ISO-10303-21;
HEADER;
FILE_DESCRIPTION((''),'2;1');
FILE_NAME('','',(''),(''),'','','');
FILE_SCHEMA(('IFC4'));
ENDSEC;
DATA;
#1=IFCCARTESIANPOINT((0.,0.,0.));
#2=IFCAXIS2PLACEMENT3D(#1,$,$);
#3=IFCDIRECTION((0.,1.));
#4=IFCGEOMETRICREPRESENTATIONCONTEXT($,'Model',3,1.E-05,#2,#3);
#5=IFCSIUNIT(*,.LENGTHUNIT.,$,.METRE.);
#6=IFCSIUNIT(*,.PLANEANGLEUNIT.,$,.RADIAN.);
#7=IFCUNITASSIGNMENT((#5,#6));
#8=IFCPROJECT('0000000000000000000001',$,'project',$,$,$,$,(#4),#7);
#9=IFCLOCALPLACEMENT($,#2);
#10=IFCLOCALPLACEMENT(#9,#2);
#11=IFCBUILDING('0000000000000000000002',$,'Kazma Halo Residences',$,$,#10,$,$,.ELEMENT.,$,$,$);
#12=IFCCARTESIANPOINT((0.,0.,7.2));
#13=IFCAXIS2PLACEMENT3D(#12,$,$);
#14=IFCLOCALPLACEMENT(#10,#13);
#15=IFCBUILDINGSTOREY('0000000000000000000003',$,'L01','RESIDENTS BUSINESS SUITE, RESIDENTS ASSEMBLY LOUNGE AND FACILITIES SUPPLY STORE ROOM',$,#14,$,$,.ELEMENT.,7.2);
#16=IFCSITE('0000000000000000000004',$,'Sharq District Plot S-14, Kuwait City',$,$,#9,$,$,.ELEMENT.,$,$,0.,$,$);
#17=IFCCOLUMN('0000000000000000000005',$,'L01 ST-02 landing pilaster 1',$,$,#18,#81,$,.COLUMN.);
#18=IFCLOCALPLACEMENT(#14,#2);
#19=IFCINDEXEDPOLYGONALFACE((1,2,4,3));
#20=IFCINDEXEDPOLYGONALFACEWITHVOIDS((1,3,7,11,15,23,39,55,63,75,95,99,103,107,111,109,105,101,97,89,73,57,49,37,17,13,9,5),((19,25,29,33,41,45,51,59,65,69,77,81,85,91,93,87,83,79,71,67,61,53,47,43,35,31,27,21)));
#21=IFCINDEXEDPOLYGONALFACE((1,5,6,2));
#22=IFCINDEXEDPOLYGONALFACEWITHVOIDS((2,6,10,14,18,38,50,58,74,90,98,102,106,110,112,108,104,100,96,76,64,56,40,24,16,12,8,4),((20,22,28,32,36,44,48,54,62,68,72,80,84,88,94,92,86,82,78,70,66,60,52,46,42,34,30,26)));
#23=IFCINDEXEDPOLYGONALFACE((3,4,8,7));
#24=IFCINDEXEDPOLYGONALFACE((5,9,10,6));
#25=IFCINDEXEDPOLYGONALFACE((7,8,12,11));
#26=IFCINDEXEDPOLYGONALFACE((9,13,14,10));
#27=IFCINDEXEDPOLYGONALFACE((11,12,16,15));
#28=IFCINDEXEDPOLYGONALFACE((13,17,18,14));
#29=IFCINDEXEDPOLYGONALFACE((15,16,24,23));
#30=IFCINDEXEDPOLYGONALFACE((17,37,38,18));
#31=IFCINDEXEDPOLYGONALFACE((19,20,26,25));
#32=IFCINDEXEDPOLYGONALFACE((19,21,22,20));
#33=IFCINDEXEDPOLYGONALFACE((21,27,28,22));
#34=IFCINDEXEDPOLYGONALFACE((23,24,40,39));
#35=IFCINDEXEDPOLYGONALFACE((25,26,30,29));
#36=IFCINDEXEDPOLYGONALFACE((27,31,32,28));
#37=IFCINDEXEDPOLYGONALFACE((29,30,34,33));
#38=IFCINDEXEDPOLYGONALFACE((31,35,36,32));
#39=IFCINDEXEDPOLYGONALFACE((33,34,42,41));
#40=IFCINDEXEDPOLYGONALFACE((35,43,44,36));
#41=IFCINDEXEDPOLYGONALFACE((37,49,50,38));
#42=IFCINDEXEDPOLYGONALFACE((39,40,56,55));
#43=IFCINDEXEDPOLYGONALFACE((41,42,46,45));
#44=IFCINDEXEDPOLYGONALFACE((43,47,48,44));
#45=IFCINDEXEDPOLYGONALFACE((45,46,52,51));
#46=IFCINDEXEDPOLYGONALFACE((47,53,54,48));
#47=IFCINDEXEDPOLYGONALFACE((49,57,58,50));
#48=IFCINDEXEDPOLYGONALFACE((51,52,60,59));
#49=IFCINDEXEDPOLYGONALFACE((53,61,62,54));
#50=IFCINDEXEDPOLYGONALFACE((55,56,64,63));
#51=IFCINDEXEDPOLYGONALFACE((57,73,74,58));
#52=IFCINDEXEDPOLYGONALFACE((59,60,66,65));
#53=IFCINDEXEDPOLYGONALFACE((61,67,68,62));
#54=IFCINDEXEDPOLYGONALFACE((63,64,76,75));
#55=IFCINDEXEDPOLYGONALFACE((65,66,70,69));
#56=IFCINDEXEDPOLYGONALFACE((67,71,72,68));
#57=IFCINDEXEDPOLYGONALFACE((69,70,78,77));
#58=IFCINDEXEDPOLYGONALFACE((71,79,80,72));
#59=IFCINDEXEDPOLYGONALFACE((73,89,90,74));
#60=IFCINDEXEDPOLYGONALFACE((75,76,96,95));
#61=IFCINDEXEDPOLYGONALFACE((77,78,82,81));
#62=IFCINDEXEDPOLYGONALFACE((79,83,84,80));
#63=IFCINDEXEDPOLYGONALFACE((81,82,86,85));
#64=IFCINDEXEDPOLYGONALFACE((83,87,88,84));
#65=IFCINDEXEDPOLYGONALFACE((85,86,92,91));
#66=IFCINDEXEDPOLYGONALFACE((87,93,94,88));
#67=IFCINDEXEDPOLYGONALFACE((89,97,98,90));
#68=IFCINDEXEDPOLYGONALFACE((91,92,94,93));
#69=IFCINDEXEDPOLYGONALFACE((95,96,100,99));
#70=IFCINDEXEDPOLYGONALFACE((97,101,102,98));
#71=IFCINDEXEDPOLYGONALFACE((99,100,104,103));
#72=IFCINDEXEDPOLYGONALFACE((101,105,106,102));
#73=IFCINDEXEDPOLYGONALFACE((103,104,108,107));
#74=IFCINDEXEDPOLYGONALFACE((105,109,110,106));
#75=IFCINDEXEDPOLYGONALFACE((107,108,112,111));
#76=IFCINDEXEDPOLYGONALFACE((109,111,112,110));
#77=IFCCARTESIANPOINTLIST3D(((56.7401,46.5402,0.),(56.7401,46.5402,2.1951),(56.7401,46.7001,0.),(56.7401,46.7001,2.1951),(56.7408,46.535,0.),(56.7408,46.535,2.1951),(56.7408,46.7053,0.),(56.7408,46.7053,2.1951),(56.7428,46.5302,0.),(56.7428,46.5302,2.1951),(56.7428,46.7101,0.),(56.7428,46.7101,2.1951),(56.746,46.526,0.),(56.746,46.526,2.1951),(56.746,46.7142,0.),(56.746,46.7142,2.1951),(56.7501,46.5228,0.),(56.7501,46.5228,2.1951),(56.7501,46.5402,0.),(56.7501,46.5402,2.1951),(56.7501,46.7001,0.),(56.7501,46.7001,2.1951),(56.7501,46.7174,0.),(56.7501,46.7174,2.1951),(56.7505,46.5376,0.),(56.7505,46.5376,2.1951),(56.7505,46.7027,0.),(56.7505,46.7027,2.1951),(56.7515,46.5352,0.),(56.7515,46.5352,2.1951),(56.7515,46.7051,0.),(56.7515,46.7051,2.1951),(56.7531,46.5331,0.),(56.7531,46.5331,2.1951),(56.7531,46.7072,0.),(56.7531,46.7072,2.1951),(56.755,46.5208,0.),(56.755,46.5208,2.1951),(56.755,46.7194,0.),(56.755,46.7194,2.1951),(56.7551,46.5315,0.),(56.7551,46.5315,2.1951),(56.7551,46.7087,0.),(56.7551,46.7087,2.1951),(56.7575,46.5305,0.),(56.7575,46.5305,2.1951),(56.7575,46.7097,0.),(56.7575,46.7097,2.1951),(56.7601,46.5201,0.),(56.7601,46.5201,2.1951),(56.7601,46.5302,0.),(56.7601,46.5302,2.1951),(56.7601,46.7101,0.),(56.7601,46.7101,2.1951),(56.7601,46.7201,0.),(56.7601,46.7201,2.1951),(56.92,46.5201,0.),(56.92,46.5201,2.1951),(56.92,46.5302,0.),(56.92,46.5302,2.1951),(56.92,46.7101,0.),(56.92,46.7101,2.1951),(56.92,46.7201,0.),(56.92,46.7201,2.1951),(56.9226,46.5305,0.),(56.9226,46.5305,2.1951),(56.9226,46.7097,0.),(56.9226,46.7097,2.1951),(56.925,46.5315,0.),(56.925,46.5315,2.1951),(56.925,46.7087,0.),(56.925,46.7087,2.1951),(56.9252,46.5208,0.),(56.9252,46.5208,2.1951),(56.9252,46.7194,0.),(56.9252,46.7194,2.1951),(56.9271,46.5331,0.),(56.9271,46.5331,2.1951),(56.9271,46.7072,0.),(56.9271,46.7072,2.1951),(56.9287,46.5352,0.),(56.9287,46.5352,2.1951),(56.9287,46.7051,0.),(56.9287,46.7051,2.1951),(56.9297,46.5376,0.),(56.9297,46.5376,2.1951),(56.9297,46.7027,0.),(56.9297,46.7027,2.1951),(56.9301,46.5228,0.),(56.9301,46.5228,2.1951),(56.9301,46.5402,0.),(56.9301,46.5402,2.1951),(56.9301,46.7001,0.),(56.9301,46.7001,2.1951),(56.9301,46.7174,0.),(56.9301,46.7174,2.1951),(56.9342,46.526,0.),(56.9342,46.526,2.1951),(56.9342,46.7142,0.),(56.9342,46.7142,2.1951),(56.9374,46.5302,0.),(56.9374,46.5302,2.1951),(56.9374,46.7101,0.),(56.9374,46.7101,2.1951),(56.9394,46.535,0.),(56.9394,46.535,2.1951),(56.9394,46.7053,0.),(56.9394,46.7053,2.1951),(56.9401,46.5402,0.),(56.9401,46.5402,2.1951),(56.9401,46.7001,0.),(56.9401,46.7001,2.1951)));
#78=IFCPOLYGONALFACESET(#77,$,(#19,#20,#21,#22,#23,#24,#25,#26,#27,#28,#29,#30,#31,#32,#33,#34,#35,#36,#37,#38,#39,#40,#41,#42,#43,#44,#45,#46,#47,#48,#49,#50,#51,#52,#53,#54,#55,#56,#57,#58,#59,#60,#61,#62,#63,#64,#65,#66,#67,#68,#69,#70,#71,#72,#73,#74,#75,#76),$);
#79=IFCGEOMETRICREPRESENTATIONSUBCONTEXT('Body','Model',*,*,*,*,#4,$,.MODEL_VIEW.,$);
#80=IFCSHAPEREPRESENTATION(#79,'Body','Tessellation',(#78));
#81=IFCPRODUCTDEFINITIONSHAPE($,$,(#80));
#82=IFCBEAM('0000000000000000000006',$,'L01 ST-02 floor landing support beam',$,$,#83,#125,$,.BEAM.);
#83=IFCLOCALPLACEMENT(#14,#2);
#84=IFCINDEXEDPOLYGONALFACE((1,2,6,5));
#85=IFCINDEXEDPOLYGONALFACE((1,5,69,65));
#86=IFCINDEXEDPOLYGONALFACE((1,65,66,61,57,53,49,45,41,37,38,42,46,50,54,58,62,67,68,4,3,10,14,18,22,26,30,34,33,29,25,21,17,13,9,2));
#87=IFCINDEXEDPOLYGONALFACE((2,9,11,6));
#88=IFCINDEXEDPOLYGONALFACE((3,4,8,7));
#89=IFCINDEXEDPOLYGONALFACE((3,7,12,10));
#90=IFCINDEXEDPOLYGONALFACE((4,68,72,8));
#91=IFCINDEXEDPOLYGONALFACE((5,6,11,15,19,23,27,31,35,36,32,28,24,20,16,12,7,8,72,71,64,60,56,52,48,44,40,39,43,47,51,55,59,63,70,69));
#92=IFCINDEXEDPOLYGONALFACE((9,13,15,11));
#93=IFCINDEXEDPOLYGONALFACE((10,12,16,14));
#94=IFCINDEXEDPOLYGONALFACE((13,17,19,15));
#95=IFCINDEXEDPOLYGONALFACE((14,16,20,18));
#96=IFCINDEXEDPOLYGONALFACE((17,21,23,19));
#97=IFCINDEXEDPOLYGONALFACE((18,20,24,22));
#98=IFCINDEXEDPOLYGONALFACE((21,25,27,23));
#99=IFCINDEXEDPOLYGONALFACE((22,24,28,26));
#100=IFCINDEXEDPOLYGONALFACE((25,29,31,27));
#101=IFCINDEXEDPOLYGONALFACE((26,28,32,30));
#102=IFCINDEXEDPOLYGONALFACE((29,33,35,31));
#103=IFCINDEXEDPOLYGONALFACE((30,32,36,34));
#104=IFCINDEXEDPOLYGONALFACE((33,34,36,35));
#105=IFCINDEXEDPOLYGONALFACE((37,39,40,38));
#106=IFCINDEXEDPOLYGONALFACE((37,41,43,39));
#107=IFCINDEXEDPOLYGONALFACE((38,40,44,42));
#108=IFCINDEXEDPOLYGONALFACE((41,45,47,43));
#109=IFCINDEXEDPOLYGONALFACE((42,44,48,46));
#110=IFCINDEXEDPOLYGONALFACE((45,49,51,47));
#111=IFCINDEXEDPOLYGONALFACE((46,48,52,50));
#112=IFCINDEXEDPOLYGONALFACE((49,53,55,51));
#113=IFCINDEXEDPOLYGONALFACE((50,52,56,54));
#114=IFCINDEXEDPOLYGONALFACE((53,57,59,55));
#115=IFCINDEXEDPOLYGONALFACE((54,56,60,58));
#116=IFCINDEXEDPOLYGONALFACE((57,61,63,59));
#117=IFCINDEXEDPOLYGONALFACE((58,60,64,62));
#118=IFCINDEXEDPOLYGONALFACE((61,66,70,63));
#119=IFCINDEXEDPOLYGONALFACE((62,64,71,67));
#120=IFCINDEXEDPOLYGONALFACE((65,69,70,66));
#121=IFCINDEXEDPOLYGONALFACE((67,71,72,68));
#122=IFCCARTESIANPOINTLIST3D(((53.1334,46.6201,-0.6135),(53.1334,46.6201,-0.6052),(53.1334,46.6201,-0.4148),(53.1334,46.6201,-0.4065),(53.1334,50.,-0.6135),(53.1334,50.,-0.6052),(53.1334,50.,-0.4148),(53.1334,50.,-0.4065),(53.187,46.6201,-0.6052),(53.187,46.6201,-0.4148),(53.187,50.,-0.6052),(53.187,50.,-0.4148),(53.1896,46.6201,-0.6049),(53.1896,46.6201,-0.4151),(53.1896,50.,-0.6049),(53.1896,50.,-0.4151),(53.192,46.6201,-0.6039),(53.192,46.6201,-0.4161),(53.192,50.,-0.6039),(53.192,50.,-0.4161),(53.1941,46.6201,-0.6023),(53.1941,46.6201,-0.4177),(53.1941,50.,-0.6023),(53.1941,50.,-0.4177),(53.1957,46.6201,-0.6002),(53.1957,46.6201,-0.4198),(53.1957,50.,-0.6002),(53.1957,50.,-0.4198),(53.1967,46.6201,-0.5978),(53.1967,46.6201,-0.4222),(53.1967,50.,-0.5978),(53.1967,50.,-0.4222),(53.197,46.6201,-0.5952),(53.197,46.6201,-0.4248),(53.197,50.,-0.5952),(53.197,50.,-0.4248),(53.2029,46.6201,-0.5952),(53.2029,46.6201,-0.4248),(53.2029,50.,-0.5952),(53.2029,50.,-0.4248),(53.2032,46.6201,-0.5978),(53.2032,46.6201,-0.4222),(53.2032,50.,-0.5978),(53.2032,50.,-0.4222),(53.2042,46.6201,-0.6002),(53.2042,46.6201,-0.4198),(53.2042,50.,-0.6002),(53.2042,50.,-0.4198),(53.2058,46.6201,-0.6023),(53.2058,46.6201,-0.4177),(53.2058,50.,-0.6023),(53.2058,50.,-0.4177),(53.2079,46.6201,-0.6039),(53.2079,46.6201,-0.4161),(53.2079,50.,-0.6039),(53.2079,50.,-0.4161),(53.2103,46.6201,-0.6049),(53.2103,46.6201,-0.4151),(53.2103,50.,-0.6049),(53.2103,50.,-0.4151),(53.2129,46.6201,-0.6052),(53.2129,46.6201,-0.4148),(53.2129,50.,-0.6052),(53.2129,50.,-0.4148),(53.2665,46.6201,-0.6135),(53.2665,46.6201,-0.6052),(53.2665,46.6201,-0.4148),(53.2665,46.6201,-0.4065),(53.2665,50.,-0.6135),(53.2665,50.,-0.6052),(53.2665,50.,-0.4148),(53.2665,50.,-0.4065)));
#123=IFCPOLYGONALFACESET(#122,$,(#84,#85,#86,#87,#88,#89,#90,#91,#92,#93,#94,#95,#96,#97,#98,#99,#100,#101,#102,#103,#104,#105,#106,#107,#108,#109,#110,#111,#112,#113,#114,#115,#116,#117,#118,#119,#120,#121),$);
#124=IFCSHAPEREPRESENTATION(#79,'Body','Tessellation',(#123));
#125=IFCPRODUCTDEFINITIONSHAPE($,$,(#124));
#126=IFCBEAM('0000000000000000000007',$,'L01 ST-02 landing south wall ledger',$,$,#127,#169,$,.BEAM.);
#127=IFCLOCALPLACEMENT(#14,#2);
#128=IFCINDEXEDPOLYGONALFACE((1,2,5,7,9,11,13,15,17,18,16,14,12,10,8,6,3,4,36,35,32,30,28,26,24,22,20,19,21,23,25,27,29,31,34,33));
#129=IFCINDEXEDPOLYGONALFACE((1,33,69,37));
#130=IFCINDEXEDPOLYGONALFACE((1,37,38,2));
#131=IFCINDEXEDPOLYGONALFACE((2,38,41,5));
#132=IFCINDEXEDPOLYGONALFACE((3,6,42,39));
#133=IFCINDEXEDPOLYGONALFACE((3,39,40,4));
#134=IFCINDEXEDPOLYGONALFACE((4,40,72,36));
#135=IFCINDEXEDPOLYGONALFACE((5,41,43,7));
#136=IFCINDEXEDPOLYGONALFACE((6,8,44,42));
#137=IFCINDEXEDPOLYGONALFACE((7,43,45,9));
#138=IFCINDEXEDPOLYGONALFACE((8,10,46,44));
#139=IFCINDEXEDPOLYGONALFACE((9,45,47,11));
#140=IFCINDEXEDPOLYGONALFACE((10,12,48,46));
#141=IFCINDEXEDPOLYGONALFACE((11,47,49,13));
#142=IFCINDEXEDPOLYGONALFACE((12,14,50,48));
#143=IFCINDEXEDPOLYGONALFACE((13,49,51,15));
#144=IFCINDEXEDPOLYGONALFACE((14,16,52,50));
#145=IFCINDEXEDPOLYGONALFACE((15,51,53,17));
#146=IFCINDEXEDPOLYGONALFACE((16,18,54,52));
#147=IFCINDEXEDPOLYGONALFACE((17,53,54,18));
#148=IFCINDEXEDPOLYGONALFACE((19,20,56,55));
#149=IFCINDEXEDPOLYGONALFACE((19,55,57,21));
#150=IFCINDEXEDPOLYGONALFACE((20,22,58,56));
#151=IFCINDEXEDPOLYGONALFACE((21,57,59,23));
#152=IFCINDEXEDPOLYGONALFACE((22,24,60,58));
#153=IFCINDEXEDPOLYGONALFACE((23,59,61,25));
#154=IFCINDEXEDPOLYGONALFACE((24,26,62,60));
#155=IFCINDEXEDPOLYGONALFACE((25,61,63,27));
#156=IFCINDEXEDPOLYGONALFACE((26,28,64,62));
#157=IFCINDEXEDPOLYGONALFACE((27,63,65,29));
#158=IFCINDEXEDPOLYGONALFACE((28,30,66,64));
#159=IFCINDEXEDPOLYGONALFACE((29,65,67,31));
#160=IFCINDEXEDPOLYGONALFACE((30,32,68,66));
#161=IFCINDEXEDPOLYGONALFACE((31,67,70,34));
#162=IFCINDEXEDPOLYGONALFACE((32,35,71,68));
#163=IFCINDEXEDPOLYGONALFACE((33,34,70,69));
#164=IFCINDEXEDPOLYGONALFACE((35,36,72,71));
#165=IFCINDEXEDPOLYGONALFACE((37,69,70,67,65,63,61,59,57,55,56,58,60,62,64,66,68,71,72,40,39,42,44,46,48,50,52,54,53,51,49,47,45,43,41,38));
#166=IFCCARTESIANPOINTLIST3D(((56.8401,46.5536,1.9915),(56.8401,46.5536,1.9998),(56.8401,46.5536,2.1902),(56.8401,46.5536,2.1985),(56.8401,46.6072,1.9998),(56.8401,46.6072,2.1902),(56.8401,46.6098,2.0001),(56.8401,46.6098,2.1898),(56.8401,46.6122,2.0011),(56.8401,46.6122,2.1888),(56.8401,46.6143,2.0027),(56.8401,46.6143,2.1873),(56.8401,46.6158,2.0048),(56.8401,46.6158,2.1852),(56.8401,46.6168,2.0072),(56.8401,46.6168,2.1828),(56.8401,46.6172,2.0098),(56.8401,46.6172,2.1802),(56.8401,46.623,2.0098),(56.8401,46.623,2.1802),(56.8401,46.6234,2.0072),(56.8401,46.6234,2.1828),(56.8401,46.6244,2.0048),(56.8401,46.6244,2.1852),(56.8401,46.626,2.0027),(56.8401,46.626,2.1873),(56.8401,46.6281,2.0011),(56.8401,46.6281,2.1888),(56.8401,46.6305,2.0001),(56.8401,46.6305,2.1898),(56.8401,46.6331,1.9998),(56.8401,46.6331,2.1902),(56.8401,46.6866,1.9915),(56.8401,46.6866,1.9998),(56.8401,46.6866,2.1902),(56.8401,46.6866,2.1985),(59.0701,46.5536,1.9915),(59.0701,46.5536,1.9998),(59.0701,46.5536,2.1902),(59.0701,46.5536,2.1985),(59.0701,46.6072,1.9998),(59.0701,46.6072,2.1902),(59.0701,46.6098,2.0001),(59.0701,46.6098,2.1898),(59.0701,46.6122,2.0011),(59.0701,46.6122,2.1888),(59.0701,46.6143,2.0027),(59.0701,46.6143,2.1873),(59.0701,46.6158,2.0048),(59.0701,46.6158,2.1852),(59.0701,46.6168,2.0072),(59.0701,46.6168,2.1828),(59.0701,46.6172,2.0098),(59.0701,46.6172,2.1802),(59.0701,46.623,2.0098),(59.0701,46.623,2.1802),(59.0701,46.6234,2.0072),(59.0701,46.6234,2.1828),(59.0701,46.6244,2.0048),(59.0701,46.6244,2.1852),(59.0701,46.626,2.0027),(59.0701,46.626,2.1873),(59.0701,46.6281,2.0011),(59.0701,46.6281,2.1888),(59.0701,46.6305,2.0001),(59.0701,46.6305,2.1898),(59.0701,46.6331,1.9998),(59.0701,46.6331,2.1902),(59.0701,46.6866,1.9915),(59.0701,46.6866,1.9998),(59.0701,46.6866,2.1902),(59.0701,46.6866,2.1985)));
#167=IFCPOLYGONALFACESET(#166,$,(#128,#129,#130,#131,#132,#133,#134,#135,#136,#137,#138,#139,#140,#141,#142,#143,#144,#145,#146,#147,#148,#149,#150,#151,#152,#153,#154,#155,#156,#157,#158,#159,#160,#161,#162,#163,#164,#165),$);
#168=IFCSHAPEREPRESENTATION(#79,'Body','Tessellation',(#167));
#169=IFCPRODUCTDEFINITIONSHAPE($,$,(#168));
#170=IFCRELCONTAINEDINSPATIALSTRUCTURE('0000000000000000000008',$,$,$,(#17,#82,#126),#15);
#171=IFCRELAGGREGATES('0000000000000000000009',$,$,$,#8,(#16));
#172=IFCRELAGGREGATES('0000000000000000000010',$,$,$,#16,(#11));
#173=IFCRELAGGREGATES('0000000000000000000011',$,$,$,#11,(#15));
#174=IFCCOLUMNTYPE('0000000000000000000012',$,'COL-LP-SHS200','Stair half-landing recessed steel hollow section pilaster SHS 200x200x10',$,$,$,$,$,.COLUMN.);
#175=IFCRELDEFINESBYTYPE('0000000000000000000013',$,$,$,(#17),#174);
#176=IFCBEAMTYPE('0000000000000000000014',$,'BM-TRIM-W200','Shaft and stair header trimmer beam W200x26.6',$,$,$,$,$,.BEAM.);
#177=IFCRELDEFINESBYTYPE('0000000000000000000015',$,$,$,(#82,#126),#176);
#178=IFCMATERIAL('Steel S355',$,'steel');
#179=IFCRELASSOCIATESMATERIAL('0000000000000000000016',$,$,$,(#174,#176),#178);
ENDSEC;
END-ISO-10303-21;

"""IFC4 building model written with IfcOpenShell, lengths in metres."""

from ifc_helpers import new_model, si_unit, direction, frame, origin, origin_2d, place, context, subcontext, project, spatial, hollow_rectangle, i_section, extrude, material, material_profile, profile_set, type_object, element, save


model = new_model("IFC4")

# Units and contexts
model_context = context("Model", 3, precision=1e-05, world=origin(), true_north=direction((0.0, 1.0)))
body_context = subcontext(model_context, "Body", "Model", "MODEL_VIEW")
ifc_project = project(units=[si_unit("LENGTHUNIT", "METRE"), si_unit("PLANEANGLEUNIT", "RADIAN")], contexts=[model_context])

# Site, building, storey
site_placement = place(None, origin())
site = spatial("IfcSite", under=ifc_project, at=site_placement, Name="Sharq District Plot S-14, Kuwait City", CompositionType="ELEMENT", RefElevation=0.0)
building_placement = place(site_placement, origin())
building = spatial("IfcBuilding", under=site, at=building_placement, Name="Kazma Halo Residences", CompositionType="ELEMENT")
storey_placement = place(building_placement, frame((0.0, 0.0, 7.2)))
storey = spatial("IfcBuildingStorey", under=building, at=storey_placement, Name="L01", Description="RESIDENTS BUSINESS SUITE, RESIDENTS ASSEMBLY LOUNGE AND FACILITIES SUPPLY STORE ROOM", CompositionType="ELEMENT", Elevation=7.2)

# Column
ifc_material_1 = material(Name="Steel S355", Category="steel")
ifc_material_profile_1 = material_profile(ifc_material_1, hollow_rectangle(XDim=0.2, YDim=0.2, WallThickness=0.01, InnerFilletRadius=0.01, OuterFilletRadius=0.02, at=origin_2d()), Name="SHS200x200x10")
ifc_profile_set_1 = profile_set([ifc_material_profile_1], Name="Steel S355")
column_type = type_object("IfcColumnType", Name="COL-LP-SHS200", Description="Stair half-landing recessed steel hollow section pilaster SHS 200x200x10", PredefinedType="COLUMN", material=ifc_profile_set_1)
column_placement = place(storey_placement, frame((56.8401, 46.6201, 0.0), z_axis=(0.0, 0.0, 1.0), x_axis=(1.0, 0.0, 0.0)))
element("IfcColumn", 1, at=column_placement, inside=storey, type_object=column_type, Name="L01 ST-02 landing pilaster 1", PredefinedType="COLUMN", context=body_context, shape_type="SweptSolid", body=[
    extrude(hollow_rectangle(XDim=0.2, YDim=0.2, WallThickness=0.01, InnerFilletRadius=0.01, OuterFilletRadius=0.02, at=origin_2d()), origin(), (0.0, 0.0, 1.0), 2.1951),
])

# Beams
ifc_material_profile_2 = material_profile(ifc_material_1, i_section(OverallWidth=0.1331, OverallDepth=0.207, WebThickness=0.0059, FlangeThickness=0.0083, FilletRadius=0.01, at=origin_2d()), Name="W200x26.6")
ifc_profile_set_2 = profile_set([ifc_material_profile_2], Name="Steel S355")
beam_type = type_object("IfcBeamType", Name="BM-TRIM-W200", Description="Shaft and stair header trimmer beam W200x26.6", PredefinedType="BEAM", material=ifc_profile_set_2)
beam_1_placement = place(storey_placement, frame((53.2, 46.6201, -0.51), z_axis=(0.0, 1.0, 0.0), x_axis=(-1.0, 0.0, 0.0)))
element("IfcBeam", 2, at=beam_1_placement, inside=storey, type_object=beam_type, Name="L01 ST-02 floor landing support beam", PredefinedType="BEAM", context=body_context, shape_type="SweptSolid", body=[
    extrude(i_section(OverallWidth=0.1331, OverallDepth=0.207, WebThickness=0.0059, FlangeThickness=0.0083, FilletRadius=0.01, at=origin_2d()), origin(), (0.0, 0.0, 1.0), 3.3799),
])
beam_2_placement = place(storey_placement, frame((56.8401, 46.6201, 2.095), z_axis=(1.0, 0.0, 0.0), x_axis=(0.0, 1.0, 0.0)))
element("IfcBeam", 3, at=beam_2_placement, inside=storey, type_object=beam_type, Name="L01 ST-02 landing south wall ledger", PredefinedType="BEAM", context=body_context, shape_type="SweptSolid", body=[
    extrude(i_section(OverallWidth=0.1331, OverallDepth=0.207, WebThickness=0.0059, FlangeThickness=0.0083, FilletRadius=0.01, at=origin_2d()), origin(), (0.0, 0.0, 1.0), 2.23),
])

save(model, "model.ifc")
